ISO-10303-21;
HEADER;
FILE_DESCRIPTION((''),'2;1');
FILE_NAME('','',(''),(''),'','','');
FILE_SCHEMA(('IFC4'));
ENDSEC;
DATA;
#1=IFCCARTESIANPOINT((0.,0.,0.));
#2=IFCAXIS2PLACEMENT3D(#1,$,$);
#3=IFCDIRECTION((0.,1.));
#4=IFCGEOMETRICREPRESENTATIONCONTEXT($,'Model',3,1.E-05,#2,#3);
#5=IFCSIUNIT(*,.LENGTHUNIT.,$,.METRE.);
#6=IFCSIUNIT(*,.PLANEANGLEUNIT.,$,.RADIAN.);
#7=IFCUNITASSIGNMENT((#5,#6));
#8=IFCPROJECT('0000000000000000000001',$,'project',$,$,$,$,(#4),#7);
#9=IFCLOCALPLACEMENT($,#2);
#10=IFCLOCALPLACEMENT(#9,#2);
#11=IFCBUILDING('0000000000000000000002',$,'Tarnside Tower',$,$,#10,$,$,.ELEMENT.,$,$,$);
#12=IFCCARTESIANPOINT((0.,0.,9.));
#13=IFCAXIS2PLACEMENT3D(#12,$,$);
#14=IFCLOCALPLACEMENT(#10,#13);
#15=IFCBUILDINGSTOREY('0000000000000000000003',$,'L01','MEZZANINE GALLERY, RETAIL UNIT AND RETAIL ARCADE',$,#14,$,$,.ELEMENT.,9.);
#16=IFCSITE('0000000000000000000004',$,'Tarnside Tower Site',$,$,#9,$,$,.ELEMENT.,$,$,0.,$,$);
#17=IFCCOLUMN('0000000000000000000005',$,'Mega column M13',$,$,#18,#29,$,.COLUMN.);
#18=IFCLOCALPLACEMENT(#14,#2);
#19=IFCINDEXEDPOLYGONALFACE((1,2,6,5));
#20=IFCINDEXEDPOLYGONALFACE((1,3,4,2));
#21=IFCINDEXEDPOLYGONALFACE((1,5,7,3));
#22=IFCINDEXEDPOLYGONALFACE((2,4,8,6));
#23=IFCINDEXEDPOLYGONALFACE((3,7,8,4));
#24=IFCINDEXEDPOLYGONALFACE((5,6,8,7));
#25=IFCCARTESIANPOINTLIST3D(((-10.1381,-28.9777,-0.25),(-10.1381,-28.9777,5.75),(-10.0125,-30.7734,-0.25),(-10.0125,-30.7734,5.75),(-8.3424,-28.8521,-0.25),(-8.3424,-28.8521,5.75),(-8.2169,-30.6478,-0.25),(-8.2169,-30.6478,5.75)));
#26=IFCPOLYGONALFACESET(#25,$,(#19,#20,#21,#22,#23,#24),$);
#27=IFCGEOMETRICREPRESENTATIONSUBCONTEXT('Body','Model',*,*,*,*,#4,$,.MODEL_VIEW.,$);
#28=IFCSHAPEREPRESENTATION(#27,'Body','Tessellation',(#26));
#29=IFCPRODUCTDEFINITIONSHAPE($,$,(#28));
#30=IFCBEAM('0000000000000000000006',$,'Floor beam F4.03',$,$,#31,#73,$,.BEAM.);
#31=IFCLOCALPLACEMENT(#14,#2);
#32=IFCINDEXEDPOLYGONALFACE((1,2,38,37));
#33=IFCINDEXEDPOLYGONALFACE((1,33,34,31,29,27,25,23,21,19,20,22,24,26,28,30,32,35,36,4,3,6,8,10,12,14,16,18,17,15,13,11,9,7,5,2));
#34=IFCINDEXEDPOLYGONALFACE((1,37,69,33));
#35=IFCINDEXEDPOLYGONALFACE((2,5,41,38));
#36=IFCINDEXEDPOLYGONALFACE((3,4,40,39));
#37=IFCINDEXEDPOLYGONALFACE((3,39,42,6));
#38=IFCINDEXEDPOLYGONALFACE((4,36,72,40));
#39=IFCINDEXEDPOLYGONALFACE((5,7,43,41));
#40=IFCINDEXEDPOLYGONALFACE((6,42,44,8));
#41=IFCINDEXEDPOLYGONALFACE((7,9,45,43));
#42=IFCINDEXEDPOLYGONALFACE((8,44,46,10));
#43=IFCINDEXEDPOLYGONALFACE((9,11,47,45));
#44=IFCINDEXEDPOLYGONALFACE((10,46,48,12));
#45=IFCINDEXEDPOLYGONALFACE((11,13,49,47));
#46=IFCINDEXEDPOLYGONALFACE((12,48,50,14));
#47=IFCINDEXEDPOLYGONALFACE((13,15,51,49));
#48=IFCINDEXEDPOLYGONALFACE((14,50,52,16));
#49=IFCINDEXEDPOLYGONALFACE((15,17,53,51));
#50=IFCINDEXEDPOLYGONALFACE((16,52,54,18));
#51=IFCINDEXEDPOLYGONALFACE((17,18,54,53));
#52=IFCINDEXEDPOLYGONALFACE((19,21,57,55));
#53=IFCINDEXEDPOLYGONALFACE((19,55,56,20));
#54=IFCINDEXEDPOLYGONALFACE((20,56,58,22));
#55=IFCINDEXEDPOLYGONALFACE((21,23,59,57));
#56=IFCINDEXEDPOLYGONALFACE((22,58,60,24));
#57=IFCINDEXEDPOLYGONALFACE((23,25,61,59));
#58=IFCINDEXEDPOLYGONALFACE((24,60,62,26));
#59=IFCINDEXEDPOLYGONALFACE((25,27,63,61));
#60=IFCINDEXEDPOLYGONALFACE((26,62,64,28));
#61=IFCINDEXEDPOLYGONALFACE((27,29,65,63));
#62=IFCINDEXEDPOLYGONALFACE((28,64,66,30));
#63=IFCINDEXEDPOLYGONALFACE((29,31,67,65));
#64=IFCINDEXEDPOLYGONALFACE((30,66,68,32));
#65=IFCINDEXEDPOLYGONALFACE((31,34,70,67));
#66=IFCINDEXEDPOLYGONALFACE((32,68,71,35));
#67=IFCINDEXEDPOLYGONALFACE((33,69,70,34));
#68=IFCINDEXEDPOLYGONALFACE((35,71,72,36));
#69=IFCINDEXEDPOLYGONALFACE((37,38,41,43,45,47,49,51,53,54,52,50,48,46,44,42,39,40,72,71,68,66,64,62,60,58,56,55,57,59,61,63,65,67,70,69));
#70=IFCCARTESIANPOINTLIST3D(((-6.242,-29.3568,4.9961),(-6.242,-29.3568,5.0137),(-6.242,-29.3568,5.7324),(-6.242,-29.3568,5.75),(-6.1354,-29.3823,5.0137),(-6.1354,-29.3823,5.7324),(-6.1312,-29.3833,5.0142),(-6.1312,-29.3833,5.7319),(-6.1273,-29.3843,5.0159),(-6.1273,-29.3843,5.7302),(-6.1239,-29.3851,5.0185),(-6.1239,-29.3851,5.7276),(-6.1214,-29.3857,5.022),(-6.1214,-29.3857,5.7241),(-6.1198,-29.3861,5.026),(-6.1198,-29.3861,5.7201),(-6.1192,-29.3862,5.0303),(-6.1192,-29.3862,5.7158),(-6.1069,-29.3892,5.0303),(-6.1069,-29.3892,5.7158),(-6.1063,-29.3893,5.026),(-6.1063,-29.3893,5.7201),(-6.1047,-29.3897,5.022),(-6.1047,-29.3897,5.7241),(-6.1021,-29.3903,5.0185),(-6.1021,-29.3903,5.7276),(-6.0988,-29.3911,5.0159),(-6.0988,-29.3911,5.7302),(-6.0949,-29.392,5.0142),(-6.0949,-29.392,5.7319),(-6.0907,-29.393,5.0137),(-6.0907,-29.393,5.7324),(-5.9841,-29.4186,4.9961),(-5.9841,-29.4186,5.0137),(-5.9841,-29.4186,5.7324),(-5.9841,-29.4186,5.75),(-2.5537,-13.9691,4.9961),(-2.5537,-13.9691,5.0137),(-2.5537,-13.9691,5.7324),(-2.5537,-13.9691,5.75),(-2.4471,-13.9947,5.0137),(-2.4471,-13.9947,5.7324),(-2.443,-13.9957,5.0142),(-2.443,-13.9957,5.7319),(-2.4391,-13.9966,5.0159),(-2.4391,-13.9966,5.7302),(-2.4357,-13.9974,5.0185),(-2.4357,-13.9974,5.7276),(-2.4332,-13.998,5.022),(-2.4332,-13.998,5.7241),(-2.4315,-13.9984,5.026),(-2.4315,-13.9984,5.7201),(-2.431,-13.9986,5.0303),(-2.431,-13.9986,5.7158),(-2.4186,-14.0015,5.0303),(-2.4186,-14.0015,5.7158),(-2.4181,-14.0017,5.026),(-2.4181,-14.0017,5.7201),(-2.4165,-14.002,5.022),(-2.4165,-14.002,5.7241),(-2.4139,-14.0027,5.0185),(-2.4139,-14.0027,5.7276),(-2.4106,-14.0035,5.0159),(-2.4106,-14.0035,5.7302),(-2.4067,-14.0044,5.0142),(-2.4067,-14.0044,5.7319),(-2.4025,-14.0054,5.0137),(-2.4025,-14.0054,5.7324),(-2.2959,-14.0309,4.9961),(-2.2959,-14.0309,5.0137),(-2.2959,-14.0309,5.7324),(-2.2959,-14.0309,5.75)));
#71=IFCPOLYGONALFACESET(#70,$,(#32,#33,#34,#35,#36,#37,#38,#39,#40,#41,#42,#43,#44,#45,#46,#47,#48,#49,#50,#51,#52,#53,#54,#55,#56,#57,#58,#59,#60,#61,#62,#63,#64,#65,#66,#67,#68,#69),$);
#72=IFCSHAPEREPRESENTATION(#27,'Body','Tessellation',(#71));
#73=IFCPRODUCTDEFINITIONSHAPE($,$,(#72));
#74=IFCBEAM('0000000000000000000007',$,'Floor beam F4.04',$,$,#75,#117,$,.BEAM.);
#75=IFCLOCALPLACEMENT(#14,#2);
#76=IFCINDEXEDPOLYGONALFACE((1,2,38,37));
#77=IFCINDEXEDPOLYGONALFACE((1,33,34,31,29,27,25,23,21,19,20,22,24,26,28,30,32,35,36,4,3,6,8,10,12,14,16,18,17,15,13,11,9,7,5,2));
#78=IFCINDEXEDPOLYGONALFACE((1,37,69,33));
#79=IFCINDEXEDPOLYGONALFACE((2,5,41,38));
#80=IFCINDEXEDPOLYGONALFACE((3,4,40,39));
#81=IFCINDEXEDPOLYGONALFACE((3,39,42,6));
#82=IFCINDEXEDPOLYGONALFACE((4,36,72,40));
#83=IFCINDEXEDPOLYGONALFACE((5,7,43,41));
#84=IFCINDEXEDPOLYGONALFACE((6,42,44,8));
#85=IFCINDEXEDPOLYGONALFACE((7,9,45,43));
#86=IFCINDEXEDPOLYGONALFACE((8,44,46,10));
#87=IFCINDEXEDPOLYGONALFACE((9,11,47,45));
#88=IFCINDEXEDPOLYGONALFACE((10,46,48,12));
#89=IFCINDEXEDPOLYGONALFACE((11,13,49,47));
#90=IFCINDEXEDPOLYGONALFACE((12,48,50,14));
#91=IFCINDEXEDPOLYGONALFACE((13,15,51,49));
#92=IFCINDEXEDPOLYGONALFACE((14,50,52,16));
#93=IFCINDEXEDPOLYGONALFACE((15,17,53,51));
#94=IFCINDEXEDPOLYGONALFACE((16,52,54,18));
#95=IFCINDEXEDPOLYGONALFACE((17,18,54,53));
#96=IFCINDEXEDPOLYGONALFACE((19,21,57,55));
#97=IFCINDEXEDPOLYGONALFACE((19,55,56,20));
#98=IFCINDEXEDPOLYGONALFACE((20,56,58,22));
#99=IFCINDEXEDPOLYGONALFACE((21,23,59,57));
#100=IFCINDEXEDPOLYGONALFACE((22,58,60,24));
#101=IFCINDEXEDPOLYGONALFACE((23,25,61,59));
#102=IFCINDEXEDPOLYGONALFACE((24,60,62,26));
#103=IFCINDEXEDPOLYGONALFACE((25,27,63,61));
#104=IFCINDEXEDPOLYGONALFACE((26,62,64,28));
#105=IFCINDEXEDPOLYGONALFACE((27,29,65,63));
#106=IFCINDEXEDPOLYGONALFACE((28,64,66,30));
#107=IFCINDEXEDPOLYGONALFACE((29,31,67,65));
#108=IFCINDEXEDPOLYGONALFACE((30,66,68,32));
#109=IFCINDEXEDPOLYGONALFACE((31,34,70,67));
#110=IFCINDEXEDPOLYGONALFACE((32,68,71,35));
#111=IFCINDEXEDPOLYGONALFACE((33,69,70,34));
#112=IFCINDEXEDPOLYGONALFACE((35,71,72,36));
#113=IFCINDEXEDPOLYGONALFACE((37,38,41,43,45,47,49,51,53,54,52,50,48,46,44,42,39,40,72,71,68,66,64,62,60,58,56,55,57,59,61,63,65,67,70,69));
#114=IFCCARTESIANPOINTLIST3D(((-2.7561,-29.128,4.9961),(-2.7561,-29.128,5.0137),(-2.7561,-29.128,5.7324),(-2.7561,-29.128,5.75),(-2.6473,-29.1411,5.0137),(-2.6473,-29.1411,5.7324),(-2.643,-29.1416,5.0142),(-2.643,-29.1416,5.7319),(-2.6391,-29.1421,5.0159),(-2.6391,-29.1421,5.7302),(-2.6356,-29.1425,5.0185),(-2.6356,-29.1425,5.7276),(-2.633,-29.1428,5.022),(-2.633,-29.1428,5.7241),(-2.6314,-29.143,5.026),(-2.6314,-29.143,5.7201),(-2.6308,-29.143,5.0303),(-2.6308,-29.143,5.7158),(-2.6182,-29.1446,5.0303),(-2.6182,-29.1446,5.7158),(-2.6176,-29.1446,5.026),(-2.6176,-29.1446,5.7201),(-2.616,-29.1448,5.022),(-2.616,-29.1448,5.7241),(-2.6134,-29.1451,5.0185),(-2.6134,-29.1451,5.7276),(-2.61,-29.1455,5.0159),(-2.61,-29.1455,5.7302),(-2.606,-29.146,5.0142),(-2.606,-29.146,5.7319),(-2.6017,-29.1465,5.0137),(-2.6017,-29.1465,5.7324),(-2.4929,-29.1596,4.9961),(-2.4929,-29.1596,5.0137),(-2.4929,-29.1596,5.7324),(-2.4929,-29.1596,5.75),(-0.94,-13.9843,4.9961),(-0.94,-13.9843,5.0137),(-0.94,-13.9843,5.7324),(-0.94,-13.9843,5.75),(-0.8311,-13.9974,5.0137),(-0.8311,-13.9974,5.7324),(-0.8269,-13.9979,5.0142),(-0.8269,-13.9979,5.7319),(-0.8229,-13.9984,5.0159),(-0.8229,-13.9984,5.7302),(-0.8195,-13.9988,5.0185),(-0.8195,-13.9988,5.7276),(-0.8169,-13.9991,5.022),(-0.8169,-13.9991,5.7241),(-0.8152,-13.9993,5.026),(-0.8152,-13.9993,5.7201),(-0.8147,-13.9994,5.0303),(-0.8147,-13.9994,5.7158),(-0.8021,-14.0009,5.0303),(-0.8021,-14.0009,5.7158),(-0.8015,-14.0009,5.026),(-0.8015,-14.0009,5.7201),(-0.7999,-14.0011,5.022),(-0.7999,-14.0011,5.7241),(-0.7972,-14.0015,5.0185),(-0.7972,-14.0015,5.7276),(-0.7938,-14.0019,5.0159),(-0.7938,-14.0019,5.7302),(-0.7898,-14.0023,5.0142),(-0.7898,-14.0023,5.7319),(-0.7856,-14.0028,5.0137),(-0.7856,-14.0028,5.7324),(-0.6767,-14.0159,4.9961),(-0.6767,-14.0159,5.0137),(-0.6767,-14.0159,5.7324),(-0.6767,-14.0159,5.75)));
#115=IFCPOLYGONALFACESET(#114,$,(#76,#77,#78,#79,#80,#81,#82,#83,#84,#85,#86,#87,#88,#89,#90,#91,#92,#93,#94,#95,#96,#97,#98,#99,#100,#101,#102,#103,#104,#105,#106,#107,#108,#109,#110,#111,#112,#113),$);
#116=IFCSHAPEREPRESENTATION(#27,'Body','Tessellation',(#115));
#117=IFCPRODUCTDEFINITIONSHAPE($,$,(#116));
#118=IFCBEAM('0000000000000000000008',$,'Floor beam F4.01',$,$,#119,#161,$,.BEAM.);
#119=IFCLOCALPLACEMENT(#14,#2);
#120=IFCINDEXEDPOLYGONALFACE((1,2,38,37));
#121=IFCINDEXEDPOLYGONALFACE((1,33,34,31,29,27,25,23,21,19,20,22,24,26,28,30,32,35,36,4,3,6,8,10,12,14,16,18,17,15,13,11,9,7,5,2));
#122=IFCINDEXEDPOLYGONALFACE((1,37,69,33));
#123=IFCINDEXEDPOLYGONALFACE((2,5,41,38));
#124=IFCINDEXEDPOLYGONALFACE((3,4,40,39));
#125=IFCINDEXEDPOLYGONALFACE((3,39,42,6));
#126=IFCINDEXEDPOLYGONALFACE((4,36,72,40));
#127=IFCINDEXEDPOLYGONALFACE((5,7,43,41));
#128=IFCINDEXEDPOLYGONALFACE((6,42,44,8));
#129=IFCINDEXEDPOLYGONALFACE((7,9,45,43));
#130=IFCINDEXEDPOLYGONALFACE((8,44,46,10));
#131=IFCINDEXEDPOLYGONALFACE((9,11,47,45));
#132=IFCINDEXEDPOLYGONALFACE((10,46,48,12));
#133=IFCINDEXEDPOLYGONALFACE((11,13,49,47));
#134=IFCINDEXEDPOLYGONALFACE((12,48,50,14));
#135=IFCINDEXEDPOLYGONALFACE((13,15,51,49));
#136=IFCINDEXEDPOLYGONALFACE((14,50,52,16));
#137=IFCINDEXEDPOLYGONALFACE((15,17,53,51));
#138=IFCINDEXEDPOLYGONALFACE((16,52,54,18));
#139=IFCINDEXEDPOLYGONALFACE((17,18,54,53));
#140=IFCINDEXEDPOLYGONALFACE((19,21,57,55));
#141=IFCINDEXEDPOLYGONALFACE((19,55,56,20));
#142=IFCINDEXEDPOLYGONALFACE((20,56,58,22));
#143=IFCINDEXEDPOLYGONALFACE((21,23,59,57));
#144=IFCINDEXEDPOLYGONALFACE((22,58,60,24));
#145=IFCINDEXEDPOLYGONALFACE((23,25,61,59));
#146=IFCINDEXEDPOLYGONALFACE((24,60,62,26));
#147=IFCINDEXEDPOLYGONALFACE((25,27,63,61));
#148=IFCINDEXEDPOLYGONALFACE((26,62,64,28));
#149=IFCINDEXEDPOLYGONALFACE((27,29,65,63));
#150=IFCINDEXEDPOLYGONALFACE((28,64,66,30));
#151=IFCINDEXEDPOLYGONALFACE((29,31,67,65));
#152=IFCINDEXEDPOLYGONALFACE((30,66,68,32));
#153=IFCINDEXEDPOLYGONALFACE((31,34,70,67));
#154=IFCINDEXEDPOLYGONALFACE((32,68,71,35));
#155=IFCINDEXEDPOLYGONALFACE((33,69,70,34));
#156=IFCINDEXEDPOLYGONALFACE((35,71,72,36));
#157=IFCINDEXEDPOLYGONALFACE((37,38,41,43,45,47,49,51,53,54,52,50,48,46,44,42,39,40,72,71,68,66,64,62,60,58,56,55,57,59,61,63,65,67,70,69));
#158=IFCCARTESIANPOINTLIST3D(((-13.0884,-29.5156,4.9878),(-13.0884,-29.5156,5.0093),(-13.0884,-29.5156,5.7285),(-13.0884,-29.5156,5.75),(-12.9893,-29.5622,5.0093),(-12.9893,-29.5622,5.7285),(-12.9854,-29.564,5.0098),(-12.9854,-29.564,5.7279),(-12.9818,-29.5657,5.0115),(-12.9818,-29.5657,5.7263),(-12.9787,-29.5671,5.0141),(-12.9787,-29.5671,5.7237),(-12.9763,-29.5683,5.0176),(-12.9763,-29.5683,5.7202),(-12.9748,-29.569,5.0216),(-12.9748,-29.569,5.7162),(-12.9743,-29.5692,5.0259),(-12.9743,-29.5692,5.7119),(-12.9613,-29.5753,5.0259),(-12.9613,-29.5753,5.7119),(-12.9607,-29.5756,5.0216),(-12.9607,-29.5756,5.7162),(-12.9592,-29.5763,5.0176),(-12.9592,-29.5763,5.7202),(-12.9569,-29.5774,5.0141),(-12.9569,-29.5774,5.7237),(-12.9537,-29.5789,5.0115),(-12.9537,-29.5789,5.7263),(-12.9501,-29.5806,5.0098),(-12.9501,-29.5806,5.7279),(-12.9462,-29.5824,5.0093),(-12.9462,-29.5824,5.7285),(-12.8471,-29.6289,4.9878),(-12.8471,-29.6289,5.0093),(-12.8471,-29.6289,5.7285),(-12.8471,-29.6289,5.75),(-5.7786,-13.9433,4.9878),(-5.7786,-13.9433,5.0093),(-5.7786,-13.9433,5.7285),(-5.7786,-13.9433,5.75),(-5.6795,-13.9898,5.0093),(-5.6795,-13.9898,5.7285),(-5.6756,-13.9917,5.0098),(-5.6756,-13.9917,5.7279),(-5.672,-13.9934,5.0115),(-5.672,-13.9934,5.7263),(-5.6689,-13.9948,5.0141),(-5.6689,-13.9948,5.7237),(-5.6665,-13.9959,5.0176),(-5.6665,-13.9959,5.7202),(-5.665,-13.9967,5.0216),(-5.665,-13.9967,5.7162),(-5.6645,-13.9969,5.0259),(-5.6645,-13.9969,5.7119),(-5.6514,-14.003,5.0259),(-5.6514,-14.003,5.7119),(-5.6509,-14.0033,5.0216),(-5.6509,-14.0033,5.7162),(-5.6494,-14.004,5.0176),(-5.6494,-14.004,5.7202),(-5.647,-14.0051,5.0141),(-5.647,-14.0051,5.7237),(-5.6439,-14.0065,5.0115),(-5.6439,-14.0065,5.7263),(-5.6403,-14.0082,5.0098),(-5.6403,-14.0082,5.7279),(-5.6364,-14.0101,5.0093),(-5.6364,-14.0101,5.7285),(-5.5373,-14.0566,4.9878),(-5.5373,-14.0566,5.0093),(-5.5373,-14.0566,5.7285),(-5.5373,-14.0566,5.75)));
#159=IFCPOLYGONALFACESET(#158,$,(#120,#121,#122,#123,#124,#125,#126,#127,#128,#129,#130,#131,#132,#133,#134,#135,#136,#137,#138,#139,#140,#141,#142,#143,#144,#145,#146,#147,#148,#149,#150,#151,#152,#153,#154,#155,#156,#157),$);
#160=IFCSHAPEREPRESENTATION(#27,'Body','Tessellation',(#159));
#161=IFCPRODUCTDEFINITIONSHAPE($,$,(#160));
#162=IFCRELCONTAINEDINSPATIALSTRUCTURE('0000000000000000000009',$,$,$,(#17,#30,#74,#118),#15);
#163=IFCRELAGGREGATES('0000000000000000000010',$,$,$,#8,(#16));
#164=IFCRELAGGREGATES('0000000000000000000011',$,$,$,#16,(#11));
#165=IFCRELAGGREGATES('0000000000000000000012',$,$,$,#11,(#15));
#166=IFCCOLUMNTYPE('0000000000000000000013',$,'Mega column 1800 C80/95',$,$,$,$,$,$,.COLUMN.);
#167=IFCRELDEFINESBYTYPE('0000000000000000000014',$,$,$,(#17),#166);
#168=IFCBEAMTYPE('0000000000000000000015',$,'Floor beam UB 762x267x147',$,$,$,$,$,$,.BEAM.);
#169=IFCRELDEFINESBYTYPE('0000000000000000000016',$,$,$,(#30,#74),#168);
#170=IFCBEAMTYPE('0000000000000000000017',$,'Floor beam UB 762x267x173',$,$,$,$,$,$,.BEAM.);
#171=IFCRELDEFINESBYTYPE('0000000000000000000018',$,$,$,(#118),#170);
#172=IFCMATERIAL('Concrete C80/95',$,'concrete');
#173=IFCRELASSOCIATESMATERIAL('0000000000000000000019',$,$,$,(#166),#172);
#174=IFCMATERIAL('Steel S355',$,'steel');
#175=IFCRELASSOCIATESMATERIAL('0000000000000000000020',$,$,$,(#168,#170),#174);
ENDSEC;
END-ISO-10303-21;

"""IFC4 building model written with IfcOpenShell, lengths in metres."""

from ifc_helpers import new_model, si_unit, direction, frame, origin, origin_2d, place, context, subcontext, project, spatial, rectangle, i_section, extrude, material, material_profile, profile_set, type_object, element, save


model = new_model("IFC4")

# Units and contexts
model_context = context("Model", 3, precision=1e-05, world=origin(), true_north=direction((0.0, 1.0)))
body_context = subcontext(model_context, "Body", "Model", "MODEL_VIEW")
ifc_project = project(units=[si_unit("LENGTHUNIT", "METRE"), si_unit("PLANEANGLEUNIT", "RADIAN")], contexts=[model_context])

# Site, building, storey
site_placement = place(None, origin())
site = spatial("IfcSite", under=ifc_project, at=site_placement, Name="Tarnside Tower Site", CompositionType="ELEMENT", RefElevation=0.0)
building_placement = place(site_placement, origin())
building = spatial("IfcBuilding", under=site, at=building_placement, Name="Tarnside Tower", CompositionType="ELEMENT")
storey_placement = place(building_placement, frame((0.0, 0.0, 9.0)))
storey = spatial("IfcBuildingStorey", under=building, at=storey_placement, Name="L01", Description="MEZZANINE GALLERY, RETAIL UNIT AND RETAIL ARCADE", CompositionType="ELEMENT", Elevation=9.0)

# Column
ifc_material_1 = material(Name="Concrete C80/95", Category="concrete")
ifc_material_profile_1 = material_profile(ifc_material_1, rectangle(XDim=1.8, YDim=1.8, at=origin_2d()), Name="Mega column 1800x1800")
ifc_profile_set_1 = profile_set([ifc_material_profile_1], Name="Concrete C80/95")
column_type = type_object("IfcColumnType", Name="Mega column 1800 C80/95", PredefinedType="COLUMN", material=ifc_profile_set_1)
column_placement = place(storey_placement, frame((-9.1775, -29.8127, -0.25), z_axis=(0.0, 0.0, 1.0), x_axis=(-0.997564, -0.069756, 0.0)))
element("IfcColumn", 1, at=column_placement, inside=storey, type_object=column_type, Name="Mega column M13", PredefinedType="COLUMN", context=body_context, shape_type="SweptSolid", body=[
    extrude(rectangle(XDim=1.8, YDim=1.8, at=origin_2d()), origin(), (0.0, 0.0, 1.0), 6.0),
])

# Beams
ifc_material_2 = material(Name="Steel S355", Category="steel")
ifc_material_profile_2 = material_profile(ifc_material_2, i_section(OverallWidth=0.2651, OverallDepth=0.7539, WebThickness=0.0127, FlangeThickness=0.0176, FilletRadius=0.0166, at=origin_2d()), Name="UB 762x267x147")
ifc_profile_set_2 = profile_set([ifc_material_profile_2], Name="Steel S355")
beam_type_1 = type_object("IfcBeamType", Name="Floor beam UB 762x267x147", PredefinedType="BEAM", material=ifc_profile_set_2)
beam_1_placement = place(storey_placement, frame((-6.113, -29.3877, 5.373), z_axis=(0.233085, 0.972456, 0.0), x_axis=(-0.972456, 0.233085, 0.0)))
element("IfcBeam", 2, at=beam_1_placement, inside=storey, type_object=beam_type_1, Name="Floor beam F4.03", PredefinedType="BEAM", context=body_context, shape_type="SweptSolid", body=[
    extrude(i_section(OverallWidth=0.2651, OverallDepth=0.7539, WebThickness=0.0127, FlangeThickness=0.0176, FilletRadius=0.0166, at=origin_2d()), origin(), (0.0, 0.0, 1.0), 15.8235),
])
beam_2_placement = place(storey_placement, frame((-2.6245, -29.1438, 5.373), z_axis=(0.119075, 0.992885, 0.0), x_axis=(-0.992885, 0.119075, 0.0)))
element("IfcBeam", 3, at=beam_2_placement, inside=storey, type_object=beam_type_1, Name="Floor beam F4.04", PredefinedType="BEAM", context=body_context, shape_type="SweptSolid", body=[
    extrude(i_section(OverallWidth=0.2651, OverallDepth=0.7539, WebThickness=0.0127, FlangeThickness=0.0176, FilletRadius=0.0166, at=origin_2d()), origin(), (0.0, 0.0, 1.0), 15.2522),
])
ifc_material_profile_3 = material_profile(ifc_material_2, i_section(OverallWidth=0.2666, OverallDepth=0.7622, WebThickness=0.0144, FlangeThickness=0.0215, FilletRadius=0.0166, at=origin_2d()), Name="UB 762x267x173")
ifc_profile_set_3 = profile_set([ifc_material_profile_3], Name="Steel S355")
beam_type_2 = type_object("IfcBeamType", Name="Floor beam UB 762x267x173", PredefinedType="BEAM", material=ifc_profile_set_3)
beam_3_placement = place(storey_placement, frame((-12.9678, -29.5723, 5.3689), z_axis=(0.424925, 0.905228, 0.0), x_axis=(-0.905228, 0.424925, 0.0)))
element("IfcBeam", 4, at=beam_3_placement, inside=storey, type_object=beam_type_2, Name="Floor beam F4.01", PredefinedType="BEAM", context=body_context, shape_type="SweptSolid", body=[
    extrude(i_section(OverallWidth=0.2666, OverallDepth=0.7622, WebThickness=0.0144, FlangeThickness=0.0215, FilletRadius=0.0166, at=origin_2d()), origin(), (0.0, 0.0, 1.0), 17.2026),
])

save(model, "model.ifc")
